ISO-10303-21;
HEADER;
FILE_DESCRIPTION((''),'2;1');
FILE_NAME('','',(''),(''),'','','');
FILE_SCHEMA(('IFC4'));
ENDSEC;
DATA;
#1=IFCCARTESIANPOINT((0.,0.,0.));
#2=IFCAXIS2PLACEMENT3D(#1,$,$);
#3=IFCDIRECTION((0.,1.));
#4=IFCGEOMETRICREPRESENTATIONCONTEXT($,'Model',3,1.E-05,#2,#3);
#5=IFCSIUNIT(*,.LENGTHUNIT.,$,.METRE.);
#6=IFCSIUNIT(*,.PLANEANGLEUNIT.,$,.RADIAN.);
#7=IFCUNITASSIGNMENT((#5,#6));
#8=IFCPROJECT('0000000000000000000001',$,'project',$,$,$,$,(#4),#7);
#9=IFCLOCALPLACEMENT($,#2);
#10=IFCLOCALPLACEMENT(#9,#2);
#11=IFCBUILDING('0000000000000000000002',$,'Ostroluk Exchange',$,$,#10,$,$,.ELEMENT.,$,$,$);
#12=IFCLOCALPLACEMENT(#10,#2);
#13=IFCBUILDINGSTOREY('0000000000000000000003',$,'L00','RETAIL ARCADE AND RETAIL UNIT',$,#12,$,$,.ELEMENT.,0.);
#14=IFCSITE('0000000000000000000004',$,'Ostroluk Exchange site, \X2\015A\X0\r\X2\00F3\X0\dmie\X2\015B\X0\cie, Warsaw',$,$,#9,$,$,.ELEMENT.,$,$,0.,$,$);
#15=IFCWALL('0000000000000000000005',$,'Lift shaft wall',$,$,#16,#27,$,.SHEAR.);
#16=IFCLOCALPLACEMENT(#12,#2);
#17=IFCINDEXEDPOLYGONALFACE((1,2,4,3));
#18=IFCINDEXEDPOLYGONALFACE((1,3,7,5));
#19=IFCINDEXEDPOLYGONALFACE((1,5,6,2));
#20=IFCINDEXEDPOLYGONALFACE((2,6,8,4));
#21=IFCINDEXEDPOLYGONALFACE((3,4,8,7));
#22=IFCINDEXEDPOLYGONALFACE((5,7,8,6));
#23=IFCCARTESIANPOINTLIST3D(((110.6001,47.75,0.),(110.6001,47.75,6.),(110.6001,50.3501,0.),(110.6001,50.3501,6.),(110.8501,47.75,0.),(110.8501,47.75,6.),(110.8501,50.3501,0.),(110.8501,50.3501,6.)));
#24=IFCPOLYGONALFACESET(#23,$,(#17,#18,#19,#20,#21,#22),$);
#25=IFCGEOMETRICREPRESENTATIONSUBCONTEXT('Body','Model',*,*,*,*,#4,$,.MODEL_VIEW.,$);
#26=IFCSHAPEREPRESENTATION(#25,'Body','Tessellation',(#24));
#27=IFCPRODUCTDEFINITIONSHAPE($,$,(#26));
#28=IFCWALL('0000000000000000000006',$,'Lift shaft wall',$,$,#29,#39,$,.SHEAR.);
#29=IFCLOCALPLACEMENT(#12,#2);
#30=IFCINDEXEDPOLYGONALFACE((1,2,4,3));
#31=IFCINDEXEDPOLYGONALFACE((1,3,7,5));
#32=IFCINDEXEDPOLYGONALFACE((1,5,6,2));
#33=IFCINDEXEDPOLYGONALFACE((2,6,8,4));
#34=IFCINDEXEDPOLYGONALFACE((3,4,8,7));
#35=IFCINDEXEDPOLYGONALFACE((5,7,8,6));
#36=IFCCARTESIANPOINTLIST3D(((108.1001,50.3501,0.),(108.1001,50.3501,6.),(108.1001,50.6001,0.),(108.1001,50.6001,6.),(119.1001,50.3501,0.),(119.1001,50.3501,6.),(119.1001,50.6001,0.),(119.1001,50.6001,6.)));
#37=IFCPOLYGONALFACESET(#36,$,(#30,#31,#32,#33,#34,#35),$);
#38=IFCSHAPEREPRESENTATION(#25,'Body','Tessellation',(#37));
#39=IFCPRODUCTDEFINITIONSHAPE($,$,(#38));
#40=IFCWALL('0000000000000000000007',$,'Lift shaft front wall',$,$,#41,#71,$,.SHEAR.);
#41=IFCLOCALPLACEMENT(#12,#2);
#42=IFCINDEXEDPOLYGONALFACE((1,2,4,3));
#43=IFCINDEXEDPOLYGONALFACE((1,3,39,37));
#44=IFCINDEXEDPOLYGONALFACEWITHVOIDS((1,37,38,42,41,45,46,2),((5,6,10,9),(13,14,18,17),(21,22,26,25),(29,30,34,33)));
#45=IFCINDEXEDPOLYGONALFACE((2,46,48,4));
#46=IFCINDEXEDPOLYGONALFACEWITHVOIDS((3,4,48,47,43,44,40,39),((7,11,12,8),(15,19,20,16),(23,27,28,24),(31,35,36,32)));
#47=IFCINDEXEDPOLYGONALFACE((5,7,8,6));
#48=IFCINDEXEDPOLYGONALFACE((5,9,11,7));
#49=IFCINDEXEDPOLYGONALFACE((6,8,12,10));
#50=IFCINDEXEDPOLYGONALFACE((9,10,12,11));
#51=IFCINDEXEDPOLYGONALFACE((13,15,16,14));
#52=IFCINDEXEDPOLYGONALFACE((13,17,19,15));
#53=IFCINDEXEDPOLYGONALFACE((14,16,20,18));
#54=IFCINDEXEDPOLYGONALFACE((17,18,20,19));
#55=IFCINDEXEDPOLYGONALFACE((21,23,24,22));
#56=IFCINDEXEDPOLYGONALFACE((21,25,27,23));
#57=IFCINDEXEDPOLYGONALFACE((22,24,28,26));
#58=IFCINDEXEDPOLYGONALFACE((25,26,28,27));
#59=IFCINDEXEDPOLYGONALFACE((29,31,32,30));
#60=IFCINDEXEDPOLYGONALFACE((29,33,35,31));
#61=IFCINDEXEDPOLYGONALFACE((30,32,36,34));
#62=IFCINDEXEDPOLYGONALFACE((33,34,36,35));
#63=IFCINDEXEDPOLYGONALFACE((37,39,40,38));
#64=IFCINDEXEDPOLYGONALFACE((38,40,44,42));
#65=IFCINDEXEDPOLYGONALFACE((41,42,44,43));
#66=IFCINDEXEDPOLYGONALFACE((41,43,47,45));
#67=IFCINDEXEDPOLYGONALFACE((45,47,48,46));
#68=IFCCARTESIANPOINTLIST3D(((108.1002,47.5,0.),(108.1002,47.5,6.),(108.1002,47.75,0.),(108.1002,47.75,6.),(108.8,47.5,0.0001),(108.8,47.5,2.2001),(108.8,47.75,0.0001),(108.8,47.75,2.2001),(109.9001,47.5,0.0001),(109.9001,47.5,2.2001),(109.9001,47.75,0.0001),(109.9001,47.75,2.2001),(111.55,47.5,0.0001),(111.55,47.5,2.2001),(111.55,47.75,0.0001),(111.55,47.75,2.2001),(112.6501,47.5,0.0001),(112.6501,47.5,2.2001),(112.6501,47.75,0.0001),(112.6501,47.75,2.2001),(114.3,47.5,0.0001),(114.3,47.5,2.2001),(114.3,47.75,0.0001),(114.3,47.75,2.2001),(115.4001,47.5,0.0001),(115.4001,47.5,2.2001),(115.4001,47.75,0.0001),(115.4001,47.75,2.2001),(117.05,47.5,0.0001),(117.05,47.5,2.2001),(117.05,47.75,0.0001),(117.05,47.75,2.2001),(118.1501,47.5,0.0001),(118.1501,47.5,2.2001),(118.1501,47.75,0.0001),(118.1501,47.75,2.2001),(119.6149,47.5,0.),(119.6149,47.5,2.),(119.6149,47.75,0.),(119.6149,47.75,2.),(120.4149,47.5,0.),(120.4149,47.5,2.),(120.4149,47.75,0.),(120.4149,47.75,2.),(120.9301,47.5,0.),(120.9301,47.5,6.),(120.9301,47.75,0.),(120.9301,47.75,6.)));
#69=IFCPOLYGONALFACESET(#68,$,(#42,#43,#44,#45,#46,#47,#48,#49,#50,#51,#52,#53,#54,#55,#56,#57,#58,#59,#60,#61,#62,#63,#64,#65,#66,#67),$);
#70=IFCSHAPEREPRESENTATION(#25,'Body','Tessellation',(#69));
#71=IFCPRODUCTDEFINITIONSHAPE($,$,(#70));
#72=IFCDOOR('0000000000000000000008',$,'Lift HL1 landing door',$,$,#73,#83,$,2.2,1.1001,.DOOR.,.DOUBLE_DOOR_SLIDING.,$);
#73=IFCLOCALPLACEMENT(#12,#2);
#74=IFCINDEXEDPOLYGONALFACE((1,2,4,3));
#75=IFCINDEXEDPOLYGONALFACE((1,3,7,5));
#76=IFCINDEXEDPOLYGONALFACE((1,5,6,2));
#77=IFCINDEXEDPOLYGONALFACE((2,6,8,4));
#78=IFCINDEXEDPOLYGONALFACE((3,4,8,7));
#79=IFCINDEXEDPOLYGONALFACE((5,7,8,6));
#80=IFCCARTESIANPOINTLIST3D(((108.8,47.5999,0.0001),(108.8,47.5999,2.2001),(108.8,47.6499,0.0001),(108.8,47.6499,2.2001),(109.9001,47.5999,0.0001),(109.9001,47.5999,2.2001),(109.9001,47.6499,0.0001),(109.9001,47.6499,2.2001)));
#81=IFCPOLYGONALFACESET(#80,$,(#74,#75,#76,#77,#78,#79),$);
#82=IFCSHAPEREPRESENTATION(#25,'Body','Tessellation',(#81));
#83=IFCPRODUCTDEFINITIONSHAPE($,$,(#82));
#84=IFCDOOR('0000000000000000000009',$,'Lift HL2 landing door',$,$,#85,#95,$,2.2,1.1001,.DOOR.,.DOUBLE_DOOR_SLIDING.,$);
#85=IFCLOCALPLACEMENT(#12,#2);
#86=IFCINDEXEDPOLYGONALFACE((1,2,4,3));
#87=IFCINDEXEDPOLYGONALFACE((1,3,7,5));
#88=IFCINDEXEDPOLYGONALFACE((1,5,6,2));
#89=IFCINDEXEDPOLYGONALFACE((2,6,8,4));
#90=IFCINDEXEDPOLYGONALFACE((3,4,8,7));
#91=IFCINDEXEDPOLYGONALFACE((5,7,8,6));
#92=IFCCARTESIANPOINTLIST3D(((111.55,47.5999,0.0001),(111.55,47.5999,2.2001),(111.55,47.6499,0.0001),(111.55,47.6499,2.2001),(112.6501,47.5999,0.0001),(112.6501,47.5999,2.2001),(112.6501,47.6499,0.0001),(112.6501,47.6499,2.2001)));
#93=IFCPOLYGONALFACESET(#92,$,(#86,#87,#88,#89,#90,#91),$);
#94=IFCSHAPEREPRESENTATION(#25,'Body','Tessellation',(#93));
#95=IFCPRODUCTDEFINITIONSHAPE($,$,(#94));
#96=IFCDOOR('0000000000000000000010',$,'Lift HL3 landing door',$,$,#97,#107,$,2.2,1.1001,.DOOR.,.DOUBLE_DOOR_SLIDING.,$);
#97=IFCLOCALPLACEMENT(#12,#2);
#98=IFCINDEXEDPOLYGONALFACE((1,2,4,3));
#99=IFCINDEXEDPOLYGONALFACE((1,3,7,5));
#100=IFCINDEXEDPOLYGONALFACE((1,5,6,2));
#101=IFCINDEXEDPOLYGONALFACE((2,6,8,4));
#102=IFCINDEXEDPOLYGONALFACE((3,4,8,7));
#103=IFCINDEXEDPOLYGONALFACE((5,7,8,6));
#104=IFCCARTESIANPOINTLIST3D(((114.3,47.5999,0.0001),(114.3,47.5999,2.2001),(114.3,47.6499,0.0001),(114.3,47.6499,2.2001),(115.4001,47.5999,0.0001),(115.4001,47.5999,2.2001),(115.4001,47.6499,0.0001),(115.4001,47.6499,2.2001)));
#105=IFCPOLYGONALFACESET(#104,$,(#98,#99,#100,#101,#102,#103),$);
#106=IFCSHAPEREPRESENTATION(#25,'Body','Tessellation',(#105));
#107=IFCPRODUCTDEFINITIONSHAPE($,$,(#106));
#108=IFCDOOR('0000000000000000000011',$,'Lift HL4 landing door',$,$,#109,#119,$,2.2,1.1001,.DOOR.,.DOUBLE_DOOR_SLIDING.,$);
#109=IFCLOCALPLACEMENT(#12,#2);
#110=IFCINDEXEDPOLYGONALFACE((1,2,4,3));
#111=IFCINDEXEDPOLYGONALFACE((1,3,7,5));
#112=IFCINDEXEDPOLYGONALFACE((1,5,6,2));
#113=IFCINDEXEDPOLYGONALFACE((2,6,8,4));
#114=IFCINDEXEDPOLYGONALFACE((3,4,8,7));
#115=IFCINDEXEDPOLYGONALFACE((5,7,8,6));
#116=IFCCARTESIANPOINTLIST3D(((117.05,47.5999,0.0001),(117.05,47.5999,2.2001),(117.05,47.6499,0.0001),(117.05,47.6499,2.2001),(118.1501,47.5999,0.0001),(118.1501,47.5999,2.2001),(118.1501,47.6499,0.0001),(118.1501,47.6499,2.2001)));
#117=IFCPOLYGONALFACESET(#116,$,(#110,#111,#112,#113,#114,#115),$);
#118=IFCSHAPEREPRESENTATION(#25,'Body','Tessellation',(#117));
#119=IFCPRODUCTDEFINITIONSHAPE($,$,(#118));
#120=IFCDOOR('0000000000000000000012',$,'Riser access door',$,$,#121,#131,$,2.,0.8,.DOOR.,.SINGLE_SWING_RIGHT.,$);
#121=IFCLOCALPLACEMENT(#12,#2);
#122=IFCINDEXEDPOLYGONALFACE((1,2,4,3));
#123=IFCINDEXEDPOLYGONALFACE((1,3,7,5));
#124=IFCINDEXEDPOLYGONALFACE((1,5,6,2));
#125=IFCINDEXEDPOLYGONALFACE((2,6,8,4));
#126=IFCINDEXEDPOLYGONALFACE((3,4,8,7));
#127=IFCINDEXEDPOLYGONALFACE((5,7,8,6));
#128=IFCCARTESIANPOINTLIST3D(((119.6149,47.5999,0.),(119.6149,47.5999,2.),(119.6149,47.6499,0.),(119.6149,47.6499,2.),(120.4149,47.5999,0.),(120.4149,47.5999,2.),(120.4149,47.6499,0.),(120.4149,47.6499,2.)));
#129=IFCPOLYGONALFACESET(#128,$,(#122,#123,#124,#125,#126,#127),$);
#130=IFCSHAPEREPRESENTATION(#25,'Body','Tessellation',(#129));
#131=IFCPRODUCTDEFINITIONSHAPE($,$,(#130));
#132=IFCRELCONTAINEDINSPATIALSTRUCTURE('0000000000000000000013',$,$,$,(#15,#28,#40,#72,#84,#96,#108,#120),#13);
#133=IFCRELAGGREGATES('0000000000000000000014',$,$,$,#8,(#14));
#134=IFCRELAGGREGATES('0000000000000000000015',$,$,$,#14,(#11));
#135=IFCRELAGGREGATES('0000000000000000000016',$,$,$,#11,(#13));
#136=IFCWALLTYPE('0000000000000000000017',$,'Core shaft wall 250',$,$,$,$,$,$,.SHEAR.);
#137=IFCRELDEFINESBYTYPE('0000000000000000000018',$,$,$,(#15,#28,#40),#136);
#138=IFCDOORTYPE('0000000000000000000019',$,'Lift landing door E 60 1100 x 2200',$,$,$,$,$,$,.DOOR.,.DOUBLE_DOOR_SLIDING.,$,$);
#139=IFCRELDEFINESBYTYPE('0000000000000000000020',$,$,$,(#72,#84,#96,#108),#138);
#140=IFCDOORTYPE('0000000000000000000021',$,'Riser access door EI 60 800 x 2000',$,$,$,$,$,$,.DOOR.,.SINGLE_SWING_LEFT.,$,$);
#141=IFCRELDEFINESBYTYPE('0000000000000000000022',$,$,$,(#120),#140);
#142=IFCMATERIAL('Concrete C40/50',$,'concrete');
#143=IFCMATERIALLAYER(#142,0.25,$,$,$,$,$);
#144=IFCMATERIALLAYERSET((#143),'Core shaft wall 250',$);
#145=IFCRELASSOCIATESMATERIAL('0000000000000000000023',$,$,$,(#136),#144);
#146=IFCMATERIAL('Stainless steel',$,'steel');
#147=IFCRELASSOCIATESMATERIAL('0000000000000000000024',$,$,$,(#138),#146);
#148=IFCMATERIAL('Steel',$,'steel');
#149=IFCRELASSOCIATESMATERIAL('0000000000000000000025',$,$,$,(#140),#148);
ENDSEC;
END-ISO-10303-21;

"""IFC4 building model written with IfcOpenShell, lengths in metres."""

from ifc_helpers import new_model, si_unit, direction, frame, frame_2d, origin, place, context, subcontext, project, spatial, rectangle, extrude, material, layer, layer_set, type_object, element, fill, save


model = new_model("IFC4")

# Units and contexts
model_context = context("Model", 3, precision=1e-05, world=origin(), true_north=direction((0.0, 1.0)))
body_context = subcontext(model_context, "Body", "Model", "MODEL_VIEW")
ifc_project = project(units=[si_unit("LENGTHUNIT", "METRE"), si_unit("PLANEANGLEUNIT", "RADIAN")], contexts=[model_context])

# Site, building, storey
site_placement = place(None, origin())
site = spatial("IfcSite", under=ifc_project, at=site_placement, Name="Ostroluk Exchange site, Śródmieście, Warsaw", CompositionType="ELEMENT", RefElevation=0.0)
building_placement = place(site_placement, origin())
building = spatial("IfcBuilding", under=site, at=building_placement, Name="Ostroluk Exchange", CompositionType="ELEMENT")
storey_placement = place(building_placement, origin())
storey = spatial("IfcBuildingStorey", under=building, at=storey_placement, Name="L00", Description="RETAIL ARCADE AND RETAIL UNIT", CompositionType="ELEMENT", Elevation=0.0)

# Walls
ifc_material_1 = material(Name="Concrete C40/50", Category="concrete")
ifc_layer_1 = layer(ifc_material_1, 0.25)
ifc_layer_set_1 = layer_set([ifc_layer_1], Name="Core shaft wall 250")
wall_type_1 = type_object("IfcWallType", Name="Core shaft wall 250", PredefinedType="SHEAR", material=ifc_layer_set_1)
wall_1_placement = place(storey_placement, frame((110.7251, 47.75, 0.0), z_axis=(0.0, 0.0, 1.0), x_axis=(0.0, 1.0, 0.0)))
element("IfcWall", 1, at=wall_1_placement, inside=storey, type_object=wall_type_1, Name="Lift shaft wall", PredefinedType="SHEAR", context=body_context, shape_type="SweptSolid", body=[
    extrude(rectangle(XDim=2.6001, YDim=0.25, at=frame_2d((1.3, 0.0))), origin(), (0.0, 0.0, 1.0), 6.0),
])
wall_2_placement = place(storey_placement, frame((108.1001, 50.4751, 0.0), z_axis=(0.0, 0.0, 1.0), x_axis=(1.0, 0.0, 0.0)))
element("IfcWall", 2, at=wall_2_placement, inside=storey, type_object=wall_type_1, Name="Lift shaft wall", PredefinedType="SHEAR", context=body_context, shape_type="SweptSolid", body=[
    extrude(rectangle(XDim=11.0, YDim=0.25, at=frame_2d((5.5, 0.0))), origin(), (0.0, 0.0, 1.0), 6.0),
])

# Wall, openings, doors
wall_3_placement = place(storey_placement, frame((108.1001, 47.625, 0.0), z_axis=(0.0, 0.0, 1.0), x_axis=(1.0, 0.0, 0.0)))
wall_3 = element("IfcWall", 3, at=wall_3_placement, inside=storey, type_object=wall_type_1, Name="Lift shaft front wall", PredefinedType="SHEAR", context=body_context, shape_type="SweptSolid", body=[
    extrude(rectangle(XDim=12.8298, YDim=0.25, at=frame_2d((6.415, 0.0))), origin(), (0.0, 0.0, 1.0), 6.0),
])
opening_1_placement = place(wall_3_placement, frame((0.7, 0.0, 0.0)))
opening_1 = element("IfcOpeningElement", 4, at=opening_1_placement, cuts=wall_3, PredefinedType="OPENING", context=body_context, shape_type="SweptSolid", body=[
    extrude(rectangle(XDim=1.1001, YDim=2.2, at=frame_2d((0.55, 1.1001))), frame((0.0, 0.135, 0.0), z_axis=(0.0, -1.0, 0.0), x_axis=(1.0, 0.0, 0.0)), (0.0, 0.0, 1.0), 0.27),
])
opening_2_placement = place(wall_3_placement, frame((3.45, 0.0, 0.0)))
opening_2 = element("IfcOpeningElement", 5, at=opening_2_placement, cuts=wall_3, PredefinedType="OPENING", context=body_context, shape_type="SweptSolid", body=[
    extrude(rectangle(XDim=1.1001, YDim=2.2, at=frame_2d((0.55, 1.1001))), frame((0.0, 0.135, 0.0), z_axis=(0.0, -1.0, 0.0), x_axis=(1.0, 0.0, 0.0)), (0.0, 0.0, 1.0), 0.27),
])
opening_3_placement = place(wall_3_placement, frame((6.2, 0.0, 0.0)))
opening_3 = element("IfcOpeningElement", 6, at=opening_3_placement, cuts=wall_3, PredefinedType="OPENING", context=body_context, shape_type="SweptSolid", body=[
    extrude(rectangle(XDim=1.1001, YDim=2.2, at=frame_2d((0.55, 1.1001))), frame((0.0, 0.135, 0.0), z_axis=(0.0, -1.0, 0.0), x_axis=(1.0, 0.0, 0.0)), (0.0, 0.0, 1.0), 0.27),
])
opening_4_placement = place(wall_3_placement, frame((8.95, 0.0, 0.0)))
opening_4 = element("IfcOpeningElement", 7, at=opening_4_placement, cuts=wall_3, PredefinedType="OPENING", context=body_context, shape_type="SweptSolid", body=[
    extrude(rectangle(XDim=1.1001, YDim=2.2, at=frame_2d((0.55, 1.1001))), frame((0.0, 0.135, 0.0), z_axis=(0.0, -1.0, 0.0), x_axis=(1.0, 0.0, 0.0)), (0.0, 0.0, 1.0), 0.27),
])
opening_5_placement = place(wall_3_placement, frame((11.5149, 0.0, 0.0)))
opening_5 = element("IfcOpeningElement", 8, at=opening_5_placement, cuts=wall_3, PredefinedType="OPENING", context=body_context, shape_type="SweptSolid", body=[
    extrude(rectangle(XDim=0.8, YDim=2.0, at=frame_2d((0.3999, 1.0))), frame((0.0, 0.135, 0.0), z_axis=(0.0, -1.0, 0.0), x_axis=(1.0, 0.0, 0.0)), (0.0, 0.0, 1.0), 0.27),
])
ifc_material_2 = material(Name="Stainless steel", Category="steel")
door_type_1 = type_object("IfcDoorType", Name="Lift landing door E 60 1100 x 2200", OperationType="DOUBLE_DOOR_SLIDING", PredefinedType="DOOR", material=ifc_material_2)
door_1_placement = place(opening_1_placement, origin())
door_1 = element("IfcDoor", 9, at=door_1_placement, inside=storey, type_object=door_type_1, Name="Lift HL1 landing door", OperationType="DOUBLE_DOOR_SLIDING", OverallHeight=2.2, OverallWidth=1.1001, PredefinedType="DOOR", context=body_context, shape_type="SweptSolid", body=[
    extrude(rectangle(XDim=1.1001, YDim=2.2, at=frame_2d((0.55, 1.1001))), frame((0.0, 0.0249, 0.0), z_axis=(0.0, -1.0, 0.0), x_axis=(1.0, 0.0, 0.0)), (0.0, 0.0, 1.0), 0.05),
])
fill(opening_1, door_1)
door_2_placement = place(opening_2_placement, origin())
door_2 = element("IfcDoor", 10, at=door_2_placement, inside=storey, type_object=door_type_1, Name="Lift HL2 landing door", OperationType="DOUBLE_DOOR_SLIDING", OverallHeight=2.2, OverallWidth=1.1001, PredefinedType="DOOR", context=body_context, shape_type="SweptSolid", body=[
    extrude(rectangle(XDim=1.1001, YDim=2.2, at=frame_2d((0.55, 1.1001))), frame((0.0, 0.0249, 0.0), z_axis=(0.0, -1.0, 0.0), x_axis=(1.0, 0.0, 0.0)), (0.0, 0.0, 1.0), 0.05),
])
fill(opening_2, door_2)
door_3_placement = place(opening_3_placement, origin())
door_3 = element("IfcDoor", 11, at=door_3_placement, inside=storey, type_object=door_type_1, Name="Lift HL3 landing door", OperationType="DOUBLE_DOOR_SLIDING", OverallHeight=2.2, OverallWidth=1.1001, PredefinedType="DOOR", context=body_context, shape_type="SweptSolid", body=[
    extrude(rectangle(XDim=1.1001, YDim=2.2, at=frame_2d((0.55, 1.1001))), frame((0.0, 0.0249, 0.0), z_axis=(0.0, -1.0, 0.0), x_axis=(1.0, 0.0, 0.0)), (0.0, 0.0, 1.0), 0.05),
])
fill(opening_3, door_3)
door_4_placement = place(opening_4_placement, origin())
door_4 = element("IfcDoor", 12, at=door_4_placement, inside=storey, type_object=door_type_1, Name="Lift HL4 landing door", OperationType="DOUBLE_DOOR_SLIDING", OverallHeight=2.2, OverallWidth=1.1001, PredefinedType="DOOR", context=body_context, shape_type="SweptSolid", body=[
    extrude(rectangle(XDim=1.1001, YDim=2.2, at=frame_2d((0.55, 1.1001))), frame((0.0, 0.0249, 0.0), z_axis=(0.0, -1.0, 0.0), x_axis=(1.0, 0.0, 0.0)), (0.0, 0.0, 1.0), 0.05),
])
fill(opening_4, door_4)
ifc_material_3 = material(Name="Steel", Category="steel")
door_type_2 = type_object("IfcDoorType", Name="Riser access door EI 60 800 x 2000", OperationType="SINGLE_SWING_LEFT", PredefinedType="DOOR", material=ifc_material_3)
door_5_placement = place(opening_5_placement, origin())
door_5 = element("IfcDoor", 13, at=door_5_placement, inside=storey, type_object=door_type_2, Name="Riser access door", OperationType="SINGLE_SWING_RIGHT", OverallHeight=2.0, OverallWidth=0.8, PredefinedType="DOOR", context=body_context, shape_type="SweptSolid", body=[
    extrude(rectangle(XDim=0.8, YDim=2.0, at=frame_2d((0.3999, 1.0))), frame((0.0, 0.0249, 0.0), z_axis=(0.0, -1.0, 0.0), x_axis=(1.0, 0.0, 0.0)), (0.0, 0.0, 1.0), 0.05),
])
fill(opening_5, door_5)

save(model, "model.ifc")
